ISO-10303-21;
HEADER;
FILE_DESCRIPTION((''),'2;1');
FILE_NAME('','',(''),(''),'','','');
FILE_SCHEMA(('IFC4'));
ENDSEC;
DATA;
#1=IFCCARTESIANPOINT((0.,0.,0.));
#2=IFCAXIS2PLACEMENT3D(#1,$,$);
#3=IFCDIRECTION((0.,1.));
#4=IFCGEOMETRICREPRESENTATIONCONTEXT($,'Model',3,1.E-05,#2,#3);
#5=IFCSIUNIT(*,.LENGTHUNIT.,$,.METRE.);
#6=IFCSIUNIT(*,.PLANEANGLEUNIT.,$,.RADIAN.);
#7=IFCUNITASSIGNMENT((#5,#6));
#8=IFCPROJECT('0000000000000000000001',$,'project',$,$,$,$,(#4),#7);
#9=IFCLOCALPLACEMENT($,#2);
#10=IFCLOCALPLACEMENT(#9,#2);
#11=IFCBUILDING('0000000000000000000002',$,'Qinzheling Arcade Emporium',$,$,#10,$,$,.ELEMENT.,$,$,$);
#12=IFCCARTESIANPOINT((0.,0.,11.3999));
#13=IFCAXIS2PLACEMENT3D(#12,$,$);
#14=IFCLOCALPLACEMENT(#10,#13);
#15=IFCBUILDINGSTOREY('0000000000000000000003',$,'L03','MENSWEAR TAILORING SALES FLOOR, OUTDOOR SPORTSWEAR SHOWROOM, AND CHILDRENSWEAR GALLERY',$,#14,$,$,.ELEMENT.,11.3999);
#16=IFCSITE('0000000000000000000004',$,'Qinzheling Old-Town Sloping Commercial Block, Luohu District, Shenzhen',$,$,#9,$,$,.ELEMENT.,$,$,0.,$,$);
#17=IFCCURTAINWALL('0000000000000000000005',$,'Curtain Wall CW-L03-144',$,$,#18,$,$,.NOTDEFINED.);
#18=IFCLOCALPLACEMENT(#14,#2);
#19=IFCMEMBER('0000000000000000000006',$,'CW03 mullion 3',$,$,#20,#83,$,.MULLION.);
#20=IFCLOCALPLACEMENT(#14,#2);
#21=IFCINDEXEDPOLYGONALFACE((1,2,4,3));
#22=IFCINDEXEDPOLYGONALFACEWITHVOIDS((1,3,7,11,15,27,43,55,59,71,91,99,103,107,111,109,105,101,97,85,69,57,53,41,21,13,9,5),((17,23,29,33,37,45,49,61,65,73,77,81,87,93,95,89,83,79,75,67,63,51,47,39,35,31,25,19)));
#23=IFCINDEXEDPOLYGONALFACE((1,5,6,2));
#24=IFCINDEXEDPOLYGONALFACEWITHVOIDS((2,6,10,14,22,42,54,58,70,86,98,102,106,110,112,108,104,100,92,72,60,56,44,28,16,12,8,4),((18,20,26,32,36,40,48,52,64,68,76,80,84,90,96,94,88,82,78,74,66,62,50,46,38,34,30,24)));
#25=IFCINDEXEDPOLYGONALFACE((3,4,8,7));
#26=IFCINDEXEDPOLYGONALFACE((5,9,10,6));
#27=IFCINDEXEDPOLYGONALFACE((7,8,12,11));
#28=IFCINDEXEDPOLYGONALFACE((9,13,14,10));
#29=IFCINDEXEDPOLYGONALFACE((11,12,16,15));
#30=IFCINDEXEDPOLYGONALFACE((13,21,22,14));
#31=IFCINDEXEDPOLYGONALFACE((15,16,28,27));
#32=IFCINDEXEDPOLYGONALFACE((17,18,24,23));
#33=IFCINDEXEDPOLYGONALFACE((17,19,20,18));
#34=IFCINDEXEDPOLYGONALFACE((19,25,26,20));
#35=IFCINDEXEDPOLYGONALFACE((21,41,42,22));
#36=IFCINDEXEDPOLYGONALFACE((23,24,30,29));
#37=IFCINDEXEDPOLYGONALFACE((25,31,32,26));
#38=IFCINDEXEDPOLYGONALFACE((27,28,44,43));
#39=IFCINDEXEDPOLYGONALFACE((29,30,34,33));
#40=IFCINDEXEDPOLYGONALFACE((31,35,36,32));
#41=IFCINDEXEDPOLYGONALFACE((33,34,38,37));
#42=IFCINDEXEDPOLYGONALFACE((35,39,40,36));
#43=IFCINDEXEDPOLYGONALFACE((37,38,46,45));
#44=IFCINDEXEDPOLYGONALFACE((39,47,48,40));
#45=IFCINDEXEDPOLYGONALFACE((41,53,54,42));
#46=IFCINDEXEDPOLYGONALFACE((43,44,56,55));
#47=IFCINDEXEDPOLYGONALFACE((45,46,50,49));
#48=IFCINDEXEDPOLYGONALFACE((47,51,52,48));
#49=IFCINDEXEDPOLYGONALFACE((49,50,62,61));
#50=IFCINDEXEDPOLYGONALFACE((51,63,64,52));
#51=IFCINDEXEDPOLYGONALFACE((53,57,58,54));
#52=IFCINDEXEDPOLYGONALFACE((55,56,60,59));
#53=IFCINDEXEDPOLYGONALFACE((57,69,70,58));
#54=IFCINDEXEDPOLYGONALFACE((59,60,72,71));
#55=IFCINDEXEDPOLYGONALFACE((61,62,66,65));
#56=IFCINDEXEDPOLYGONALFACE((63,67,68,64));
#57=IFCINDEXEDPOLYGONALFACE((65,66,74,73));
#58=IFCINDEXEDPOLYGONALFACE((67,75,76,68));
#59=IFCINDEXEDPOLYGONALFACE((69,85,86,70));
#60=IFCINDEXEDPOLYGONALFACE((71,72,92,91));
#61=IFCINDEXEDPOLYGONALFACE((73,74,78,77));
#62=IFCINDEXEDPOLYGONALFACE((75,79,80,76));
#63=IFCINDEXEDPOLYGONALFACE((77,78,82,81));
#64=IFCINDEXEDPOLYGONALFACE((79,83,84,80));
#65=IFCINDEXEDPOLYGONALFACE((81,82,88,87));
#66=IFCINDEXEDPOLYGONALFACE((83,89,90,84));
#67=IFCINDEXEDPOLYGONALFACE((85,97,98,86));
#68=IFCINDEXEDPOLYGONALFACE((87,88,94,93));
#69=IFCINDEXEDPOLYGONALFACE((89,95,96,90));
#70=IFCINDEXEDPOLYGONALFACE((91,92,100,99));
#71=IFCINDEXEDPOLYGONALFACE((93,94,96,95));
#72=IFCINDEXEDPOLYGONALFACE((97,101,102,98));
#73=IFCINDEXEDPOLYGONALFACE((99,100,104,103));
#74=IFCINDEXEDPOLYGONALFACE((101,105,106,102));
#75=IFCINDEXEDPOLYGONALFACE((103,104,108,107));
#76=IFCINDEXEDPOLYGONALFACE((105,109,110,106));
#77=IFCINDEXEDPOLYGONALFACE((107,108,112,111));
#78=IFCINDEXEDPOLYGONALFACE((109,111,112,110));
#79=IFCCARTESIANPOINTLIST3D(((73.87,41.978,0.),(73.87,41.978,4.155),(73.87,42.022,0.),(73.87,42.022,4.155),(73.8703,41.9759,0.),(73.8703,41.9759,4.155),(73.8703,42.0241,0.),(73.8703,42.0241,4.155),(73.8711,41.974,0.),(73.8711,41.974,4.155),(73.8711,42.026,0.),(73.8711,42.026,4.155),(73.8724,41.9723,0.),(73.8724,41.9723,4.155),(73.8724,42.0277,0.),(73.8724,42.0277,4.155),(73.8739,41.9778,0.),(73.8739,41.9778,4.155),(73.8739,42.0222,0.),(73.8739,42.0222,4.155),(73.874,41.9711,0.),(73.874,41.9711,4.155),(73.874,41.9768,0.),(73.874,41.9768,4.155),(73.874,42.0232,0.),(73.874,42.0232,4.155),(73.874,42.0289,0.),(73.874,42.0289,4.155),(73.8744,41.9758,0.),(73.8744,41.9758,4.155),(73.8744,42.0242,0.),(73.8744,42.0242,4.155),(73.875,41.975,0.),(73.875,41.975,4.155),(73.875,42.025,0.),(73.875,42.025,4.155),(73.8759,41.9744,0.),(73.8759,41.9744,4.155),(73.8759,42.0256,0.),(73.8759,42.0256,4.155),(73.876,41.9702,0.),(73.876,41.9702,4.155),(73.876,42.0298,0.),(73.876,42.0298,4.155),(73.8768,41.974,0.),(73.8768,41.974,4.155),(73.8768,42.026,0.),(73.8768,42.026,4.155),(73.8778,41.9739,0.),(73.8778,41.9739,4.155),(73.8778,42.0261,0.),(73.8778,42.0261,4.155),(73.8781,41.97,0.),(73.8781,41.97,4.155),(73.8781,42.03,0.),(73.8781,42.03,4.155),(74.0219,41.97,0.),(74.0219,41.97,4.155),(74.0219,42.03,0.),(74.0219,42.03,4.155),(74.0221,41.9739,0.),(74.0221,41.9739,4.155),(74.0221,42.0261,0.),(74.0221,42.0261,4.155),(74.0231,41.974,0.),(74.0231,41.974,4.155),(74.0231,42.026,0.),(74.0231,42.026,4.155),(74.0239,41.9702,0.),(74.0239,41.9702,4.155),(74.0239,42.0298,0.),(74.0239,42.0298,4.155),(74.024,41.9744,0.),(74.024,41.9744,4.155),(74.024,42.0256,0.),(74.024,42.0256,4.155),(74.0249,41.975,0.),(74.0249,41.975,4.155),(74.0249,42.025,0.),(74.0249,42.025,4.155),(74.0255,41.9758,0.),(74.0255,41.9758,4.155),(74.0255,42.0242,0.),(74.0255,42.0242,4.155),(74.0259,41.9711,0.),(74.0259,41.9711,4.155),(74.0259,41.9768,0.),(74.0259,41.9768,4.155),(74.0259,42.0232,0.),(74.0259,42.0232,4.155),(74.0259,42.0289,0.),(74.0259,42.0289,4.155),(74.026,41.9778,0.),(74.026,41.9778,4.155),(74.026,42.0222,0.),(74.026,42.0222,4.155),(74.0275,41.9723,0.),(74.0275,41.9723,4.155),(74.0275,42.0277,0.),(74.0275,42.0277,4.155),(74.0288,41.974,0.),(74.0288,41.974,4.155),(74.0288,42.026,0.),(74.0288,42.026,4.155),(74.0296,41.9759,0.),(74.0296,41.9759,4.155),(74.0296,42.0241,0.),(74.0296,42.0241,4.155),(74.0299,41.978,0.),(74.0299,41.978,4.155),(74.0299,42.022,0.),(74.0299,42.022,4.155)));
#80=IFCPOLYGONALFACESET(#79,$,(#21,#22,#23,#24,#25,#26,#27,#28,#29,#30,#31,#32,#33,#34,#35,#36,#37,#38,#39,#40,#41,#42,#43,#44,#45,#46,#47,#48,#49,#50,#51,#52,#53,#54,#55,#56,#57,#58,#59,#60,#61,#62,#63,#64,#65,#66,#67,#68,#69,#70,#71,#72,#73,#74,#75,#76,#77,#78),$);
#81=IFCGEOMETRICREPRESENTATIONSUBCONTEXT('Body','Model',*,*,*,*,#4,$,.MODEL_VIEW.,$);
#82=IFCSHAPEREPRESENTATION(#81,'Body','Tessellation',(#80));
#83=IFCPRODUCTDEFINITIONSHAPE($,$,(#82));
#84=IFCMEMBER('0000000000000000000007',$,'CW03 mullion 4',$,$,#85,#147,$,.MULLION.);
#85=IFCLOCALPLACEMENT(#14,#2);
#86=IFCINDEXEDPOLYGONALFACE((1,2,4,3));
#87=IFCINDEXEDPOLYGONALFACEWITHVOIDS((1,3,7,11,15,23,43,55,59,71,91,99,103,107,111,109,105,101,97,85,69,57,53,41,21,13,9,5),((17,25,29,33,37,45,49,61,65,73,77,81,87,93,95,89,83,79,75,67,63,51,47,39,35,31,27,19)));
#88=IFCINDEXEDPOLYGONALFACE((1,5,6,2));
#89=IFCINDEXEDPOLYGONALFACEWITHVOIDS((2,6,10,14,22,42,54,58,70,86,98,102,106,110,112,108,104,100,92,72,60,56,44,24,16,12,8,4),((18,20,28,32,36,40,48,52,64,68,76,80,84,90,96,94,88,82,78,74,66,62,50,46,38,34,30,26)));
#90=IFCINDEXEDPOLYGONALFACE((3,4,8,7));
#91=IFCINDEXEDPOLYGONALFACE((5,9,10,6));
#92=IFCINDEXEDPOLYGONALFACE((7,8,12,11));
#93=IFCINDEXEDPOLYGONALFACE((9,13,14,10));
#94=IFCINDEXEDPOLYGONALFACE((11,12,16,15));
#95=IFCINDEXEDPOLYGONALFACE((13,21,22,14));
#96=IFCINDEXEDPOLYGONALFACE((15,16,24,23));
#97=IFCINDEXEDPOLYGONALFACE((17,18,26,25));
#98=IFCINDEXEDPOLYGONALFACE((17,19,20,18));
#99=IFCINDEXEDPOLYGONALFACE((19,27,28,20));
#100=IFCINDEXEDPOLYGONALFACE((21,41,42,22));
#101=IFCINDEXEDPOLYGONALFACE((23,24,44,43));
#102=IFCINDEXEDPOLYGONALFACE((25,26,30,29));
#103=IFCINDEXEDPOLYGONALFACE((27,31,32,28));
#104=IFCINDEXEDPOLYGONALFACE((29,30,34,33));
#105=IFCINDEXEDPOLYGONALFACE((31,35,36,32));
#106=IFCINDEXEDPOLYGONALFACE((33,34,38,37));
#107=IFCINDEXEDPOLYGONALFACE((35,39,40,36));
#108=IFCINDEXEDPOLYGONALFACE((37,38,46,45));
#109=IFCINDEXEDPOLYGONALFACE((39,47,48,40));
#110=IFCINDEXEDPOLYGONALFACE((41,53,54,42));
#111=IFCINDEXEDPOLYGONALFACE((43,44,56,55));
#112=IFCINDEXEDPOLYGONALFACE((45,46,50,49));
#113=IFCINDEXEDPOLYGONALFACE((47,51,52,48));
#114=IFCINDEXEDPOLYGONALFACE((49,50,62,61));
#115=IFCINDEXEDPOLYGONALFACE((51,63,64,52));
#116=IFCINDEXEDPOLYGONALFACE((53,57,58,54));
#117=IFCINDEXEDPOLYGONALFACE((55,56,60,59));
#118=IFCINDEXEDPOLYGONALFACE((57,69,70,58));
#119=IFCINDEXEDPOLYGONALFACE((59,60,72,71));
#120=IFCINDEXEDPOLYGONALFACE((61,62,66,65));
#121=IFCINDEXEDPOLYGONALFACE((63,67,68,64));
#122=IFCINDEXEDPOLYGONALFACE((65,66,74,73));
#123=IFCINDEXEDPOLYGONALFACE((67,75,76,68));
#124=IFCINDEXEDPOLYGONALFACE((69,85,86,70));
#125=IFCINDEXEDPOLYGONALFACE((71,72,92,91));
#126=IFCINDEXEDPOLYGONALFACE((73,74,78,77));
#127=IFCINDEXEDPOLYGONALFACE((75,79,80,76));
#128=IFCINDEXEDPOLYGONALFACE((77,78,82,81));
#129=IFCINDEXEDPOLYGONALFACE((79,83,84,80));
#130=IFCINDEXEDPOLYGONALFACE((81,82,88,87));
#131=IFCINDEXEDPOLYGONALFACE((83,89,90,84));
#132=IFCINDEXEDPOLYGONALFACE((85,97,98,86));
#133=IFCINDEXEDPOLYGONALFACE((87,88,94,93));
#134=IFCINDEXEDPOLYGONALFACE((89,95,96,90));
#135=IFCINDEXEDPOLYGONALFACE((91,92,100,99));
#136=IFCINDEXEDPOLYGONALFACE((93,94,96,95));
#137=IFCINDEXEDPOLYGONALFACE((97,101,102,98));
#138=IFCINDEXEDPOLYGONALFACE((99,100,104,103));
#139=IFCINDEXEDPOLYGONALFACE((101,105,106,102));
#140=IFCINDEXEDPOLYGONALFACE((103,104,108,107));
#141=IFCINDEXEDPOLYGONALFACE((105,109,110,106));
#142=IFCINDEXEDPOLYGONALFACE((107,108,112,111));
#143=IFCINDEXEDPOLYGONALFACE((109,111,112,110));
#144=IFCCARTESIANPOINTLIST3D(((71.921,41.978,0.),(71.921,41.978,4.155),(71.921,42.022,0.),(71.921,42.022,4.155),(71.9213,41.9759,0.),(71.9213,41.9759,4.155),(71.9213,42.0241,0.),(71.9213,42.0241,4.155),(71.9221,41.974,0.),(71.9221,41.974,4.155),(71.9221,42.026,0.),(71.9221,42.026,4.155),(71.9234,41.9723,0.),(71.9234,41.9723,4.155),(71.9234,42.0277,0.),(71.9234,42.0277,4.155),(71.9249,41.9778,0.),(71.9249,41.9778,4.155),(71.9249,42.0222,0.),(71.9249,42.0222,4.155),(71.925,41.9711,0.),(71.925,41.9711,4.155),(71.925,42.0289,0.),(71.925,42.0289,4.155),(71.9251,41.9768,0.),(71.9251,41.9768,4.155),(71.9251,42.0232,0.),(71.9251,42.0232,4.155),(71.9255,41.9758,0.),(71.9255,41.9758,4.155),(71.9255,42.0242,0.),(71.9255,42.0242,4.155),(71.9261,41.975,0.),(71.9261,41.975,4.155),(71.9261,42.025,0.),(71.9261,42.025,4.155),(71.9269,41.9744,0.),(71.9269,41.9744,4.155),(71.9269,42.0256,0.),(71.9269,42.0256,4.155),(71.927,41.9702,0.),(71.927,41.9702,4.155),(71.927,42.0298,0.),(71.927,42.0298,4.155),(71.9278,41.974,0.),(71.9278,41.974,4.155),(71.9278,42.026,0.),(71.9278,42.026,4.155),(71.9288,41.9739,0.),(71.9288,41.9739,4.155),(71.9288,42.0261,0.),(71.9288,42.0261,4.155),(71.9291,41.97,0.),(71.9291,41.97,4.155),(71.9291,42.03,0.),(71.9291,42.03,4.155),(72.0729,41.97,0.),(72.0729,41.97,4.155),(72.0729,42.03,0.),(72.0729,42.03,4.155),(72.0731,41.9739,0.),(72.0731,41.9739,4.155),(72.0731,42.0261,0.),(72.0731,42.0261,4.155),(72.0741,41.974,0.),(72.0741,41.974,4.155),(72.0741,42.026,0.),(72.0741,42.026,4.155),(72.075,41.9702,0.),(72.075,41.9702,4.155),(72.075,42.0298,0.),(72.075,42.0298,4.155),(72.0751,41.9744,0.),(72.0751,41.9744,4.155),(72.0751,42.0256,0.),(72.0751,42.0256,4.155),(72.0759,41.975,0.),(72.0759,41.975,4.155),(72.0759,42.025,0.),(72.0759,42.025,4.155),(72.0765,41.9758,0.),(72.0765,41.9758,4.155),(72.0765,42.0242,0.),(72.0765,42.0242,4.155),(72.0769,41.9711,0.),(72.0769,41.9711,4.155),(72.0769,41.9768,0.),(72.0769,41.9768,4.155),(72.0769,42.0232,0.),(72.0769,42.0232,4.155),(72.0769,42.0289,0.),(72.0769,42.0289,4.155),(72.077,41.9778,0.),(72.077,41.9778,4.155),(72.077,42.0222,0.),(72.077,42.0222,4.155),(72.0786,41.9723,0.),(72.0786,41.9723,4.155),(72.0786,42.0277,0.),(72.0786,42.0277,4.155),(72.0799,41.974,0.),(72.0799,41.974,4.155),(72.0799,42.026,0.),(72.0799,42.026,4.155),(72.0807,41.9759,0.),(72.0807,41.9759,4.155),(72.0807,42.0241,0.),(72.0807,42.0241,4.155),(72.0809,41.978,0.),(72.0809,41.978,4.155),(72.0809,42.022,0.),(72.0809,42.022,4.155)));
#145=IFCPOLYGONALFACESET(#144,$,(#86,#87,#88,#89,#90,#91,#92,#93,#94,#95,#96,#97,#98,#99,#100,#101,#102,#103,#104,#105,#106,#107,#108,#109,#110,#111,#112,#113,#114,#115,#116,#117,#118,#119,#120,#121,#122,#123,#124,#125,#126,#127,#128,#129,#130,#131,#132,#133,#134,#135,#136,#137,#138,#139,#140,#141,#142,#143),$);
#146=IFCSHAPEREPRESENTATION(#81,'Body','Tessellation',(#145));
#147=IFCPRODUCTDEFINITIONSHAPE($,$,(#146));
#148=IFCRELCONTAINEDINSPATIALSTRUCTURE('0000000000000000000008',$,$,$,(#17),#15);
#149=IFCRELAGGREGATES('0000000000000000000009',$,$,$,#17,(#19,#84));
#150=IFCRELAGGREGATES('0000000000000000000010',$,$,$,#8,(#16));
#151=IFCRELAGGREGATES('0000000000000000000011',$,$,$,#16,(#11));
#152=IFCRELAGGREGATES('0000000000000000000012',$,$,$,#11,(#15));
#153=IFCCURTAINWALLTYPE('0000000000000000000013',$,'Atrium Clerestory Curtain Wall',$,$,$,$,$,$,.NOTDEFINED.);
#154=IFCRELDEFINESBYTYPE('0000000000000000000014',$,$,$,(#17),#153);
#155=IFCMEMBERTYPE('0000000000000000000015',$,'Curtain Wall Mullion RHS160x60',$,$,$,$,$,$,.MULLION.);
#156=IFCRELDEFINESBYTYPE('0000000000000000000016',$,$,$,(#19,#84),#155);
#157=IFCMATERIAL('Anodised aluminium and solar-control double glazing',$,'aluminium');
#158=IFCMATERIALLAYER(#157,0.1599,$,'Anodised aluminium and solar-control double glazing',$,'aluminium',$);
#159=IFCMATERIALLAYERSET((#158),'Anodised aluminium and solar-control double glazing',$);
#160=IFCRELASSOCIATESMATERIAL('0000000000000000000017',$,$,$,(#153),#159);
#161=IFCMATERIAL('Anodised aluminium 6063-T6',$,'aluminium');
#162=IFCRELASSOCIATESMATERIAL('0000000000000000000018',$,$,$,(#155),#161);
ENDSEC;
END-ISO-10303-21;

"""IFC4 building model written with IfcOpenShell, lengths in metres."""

from ifc_helpers import new_model, si_unit, direction, frame, origin, origin_2d, place, context, subcontext, project, spatial, hollow_rectangle, extrude, material, layer, layer_set, material_profile, profile_set, type_object, element, aggregate, save


model = new_model("IFC4")

# Units and contexts
model_context = context("Model", 3, precision=1e-05, world=origin(), true_north=direction((0.0, 1.0)))
body_context = subcontext(model_context, "Body", "Model", "MODEL_VIEW")
ifc_project = project(units=[si_unit("LENGTHUNIT", "METRE"), si_unit("PLANEANGLEUNIT", "RADIAN")], contexts=[model_context])

# Site, building, storey
site_placement = place(None, origin())
site = spatial("IfcSite", under=ifc_project, at=site_placement, Name="Qinzheling Old-Town Sloping Commercial Block, Luohu District, Shenzhen", CompositionType="ELEMENT", RefElevation=0.0)
building_placement = place(site_placement, origin())
building = spatial("IfcBuilding", under=site, at=building_placement, Name="Qinzheling Arcade Emporium", CompositionType="ELEMENT")
storey_placement = place(building_placement, frame((0.0, 0.0, 11.3999)))
storey = spatial("IfcBuildingStorey", under=building, at=storey_placement, Name="L03", Description="MENSWEAR TAILORING SALES FLOOR, OUTDOOR SPORTSWEAR SHOWROOM, AND CHILDRENSWEAR GALLERY", CompositionType="ELEMENT", Elevation=11.3999)

# Curtain wall, members
ifc_material_1 = material(Name="Anodised aluminium and solar-control double glazing", Category="aluminium")
ifc_layer_1 = layer(ifc_material_1, 0.1599, Name="Anodised aluminium and solar-control double glazing", Category="aluminium")
ifc_layer_set_1 = layer_set([ifc_layer_1], Name="Anodised aluminium and solar-control double glazing")
curtain_wall_type = type_object("IfcCurtainWallType", Name="Atrium Clerestory Curtain Wall", PredefinedType="NOTDEFINED", material=ifc_layer_set_1)
curtain_wall_placement = place(storey_placement, origin())
curtain_wall = element("IfcCurtainWall", 1, at=curtain_wall_placement, inside=storey, type_object=curtain_wall_type, Name="Curtain Wall CW-L03-144", PredefinedType="NOTDEFINED")
ifc_material_2 = material(Name="Anodised aluminium 6063-T6", Category="aluminium")
ifc_material_profile_1 = material_profile(ifc_material_2, hollow_rectangle(XDim=0.0601, YDim=0.1599, WallThickness=0.0039, InnerFilletRadius=0.0039, OuterFilletRadius=0.0081, at=origin_2d()), Name="RHS 160x60x4", Category="aluminium")
ifc_profile_set_1 = profile_set([ifc_material_profile_1], Name="Anodised aluminium 6063-T6")
member_type_1 = type_object("IfcMemberType", Name="Curtain Wall Mullion RHS160x60", PredefinedType="MULLION", material=ifc_profile_set_1)
member_1_placement = place(storey_placement, frame((73.95, 42.0, 0.0), z_axis=(0.0, 0.0, 1.0), x_axis=(0.0, -1.0, 0.0)))
member_1 = element("IfcMember", 2, at=member_1_placement, type_object=member_type_1, Name="CW03 mullion 3", PredefinedType="MULLION", context=body_context, shape_type="SweptSolid", body=[
    extrude(hollow_rectangle(XDim=0.0601, YDim=0.1599, WallThickness=0.0039, InnerFilletRadius=0.0039, OuterFilletRadius=0.0081, at=origin_2d()), origin(), (0.0, 0.0, 1.0), 4.155),
])
member_2_placement = place(storey_placement, frame((72.001, 42.0, 0.0), z_axis=(0.0, 0.0, 1.0), x_axis=(0.0, -1.0, 0.0)))
member_2 = element("IfcMember", 3, at=member_2_placement, type_object=member_type_1, Name="CW03 mullion 4", PredefinedType="MULLION", context=body_context, shape_type="SweptSolid", body=[
    extrude(hollow_rectangle(XDim=0.0601, YDim=0.1599, WallThickness=0.0039, InnerFilletRadius=0.0039, OuterFilletRadius=0.0081, at=origin_2d()), origin(), (0.0, 0.0, 1.0), 4.155),
])
aggregate(curtain_wall, [member_1, member_2])

save(model, "model.ifc")
